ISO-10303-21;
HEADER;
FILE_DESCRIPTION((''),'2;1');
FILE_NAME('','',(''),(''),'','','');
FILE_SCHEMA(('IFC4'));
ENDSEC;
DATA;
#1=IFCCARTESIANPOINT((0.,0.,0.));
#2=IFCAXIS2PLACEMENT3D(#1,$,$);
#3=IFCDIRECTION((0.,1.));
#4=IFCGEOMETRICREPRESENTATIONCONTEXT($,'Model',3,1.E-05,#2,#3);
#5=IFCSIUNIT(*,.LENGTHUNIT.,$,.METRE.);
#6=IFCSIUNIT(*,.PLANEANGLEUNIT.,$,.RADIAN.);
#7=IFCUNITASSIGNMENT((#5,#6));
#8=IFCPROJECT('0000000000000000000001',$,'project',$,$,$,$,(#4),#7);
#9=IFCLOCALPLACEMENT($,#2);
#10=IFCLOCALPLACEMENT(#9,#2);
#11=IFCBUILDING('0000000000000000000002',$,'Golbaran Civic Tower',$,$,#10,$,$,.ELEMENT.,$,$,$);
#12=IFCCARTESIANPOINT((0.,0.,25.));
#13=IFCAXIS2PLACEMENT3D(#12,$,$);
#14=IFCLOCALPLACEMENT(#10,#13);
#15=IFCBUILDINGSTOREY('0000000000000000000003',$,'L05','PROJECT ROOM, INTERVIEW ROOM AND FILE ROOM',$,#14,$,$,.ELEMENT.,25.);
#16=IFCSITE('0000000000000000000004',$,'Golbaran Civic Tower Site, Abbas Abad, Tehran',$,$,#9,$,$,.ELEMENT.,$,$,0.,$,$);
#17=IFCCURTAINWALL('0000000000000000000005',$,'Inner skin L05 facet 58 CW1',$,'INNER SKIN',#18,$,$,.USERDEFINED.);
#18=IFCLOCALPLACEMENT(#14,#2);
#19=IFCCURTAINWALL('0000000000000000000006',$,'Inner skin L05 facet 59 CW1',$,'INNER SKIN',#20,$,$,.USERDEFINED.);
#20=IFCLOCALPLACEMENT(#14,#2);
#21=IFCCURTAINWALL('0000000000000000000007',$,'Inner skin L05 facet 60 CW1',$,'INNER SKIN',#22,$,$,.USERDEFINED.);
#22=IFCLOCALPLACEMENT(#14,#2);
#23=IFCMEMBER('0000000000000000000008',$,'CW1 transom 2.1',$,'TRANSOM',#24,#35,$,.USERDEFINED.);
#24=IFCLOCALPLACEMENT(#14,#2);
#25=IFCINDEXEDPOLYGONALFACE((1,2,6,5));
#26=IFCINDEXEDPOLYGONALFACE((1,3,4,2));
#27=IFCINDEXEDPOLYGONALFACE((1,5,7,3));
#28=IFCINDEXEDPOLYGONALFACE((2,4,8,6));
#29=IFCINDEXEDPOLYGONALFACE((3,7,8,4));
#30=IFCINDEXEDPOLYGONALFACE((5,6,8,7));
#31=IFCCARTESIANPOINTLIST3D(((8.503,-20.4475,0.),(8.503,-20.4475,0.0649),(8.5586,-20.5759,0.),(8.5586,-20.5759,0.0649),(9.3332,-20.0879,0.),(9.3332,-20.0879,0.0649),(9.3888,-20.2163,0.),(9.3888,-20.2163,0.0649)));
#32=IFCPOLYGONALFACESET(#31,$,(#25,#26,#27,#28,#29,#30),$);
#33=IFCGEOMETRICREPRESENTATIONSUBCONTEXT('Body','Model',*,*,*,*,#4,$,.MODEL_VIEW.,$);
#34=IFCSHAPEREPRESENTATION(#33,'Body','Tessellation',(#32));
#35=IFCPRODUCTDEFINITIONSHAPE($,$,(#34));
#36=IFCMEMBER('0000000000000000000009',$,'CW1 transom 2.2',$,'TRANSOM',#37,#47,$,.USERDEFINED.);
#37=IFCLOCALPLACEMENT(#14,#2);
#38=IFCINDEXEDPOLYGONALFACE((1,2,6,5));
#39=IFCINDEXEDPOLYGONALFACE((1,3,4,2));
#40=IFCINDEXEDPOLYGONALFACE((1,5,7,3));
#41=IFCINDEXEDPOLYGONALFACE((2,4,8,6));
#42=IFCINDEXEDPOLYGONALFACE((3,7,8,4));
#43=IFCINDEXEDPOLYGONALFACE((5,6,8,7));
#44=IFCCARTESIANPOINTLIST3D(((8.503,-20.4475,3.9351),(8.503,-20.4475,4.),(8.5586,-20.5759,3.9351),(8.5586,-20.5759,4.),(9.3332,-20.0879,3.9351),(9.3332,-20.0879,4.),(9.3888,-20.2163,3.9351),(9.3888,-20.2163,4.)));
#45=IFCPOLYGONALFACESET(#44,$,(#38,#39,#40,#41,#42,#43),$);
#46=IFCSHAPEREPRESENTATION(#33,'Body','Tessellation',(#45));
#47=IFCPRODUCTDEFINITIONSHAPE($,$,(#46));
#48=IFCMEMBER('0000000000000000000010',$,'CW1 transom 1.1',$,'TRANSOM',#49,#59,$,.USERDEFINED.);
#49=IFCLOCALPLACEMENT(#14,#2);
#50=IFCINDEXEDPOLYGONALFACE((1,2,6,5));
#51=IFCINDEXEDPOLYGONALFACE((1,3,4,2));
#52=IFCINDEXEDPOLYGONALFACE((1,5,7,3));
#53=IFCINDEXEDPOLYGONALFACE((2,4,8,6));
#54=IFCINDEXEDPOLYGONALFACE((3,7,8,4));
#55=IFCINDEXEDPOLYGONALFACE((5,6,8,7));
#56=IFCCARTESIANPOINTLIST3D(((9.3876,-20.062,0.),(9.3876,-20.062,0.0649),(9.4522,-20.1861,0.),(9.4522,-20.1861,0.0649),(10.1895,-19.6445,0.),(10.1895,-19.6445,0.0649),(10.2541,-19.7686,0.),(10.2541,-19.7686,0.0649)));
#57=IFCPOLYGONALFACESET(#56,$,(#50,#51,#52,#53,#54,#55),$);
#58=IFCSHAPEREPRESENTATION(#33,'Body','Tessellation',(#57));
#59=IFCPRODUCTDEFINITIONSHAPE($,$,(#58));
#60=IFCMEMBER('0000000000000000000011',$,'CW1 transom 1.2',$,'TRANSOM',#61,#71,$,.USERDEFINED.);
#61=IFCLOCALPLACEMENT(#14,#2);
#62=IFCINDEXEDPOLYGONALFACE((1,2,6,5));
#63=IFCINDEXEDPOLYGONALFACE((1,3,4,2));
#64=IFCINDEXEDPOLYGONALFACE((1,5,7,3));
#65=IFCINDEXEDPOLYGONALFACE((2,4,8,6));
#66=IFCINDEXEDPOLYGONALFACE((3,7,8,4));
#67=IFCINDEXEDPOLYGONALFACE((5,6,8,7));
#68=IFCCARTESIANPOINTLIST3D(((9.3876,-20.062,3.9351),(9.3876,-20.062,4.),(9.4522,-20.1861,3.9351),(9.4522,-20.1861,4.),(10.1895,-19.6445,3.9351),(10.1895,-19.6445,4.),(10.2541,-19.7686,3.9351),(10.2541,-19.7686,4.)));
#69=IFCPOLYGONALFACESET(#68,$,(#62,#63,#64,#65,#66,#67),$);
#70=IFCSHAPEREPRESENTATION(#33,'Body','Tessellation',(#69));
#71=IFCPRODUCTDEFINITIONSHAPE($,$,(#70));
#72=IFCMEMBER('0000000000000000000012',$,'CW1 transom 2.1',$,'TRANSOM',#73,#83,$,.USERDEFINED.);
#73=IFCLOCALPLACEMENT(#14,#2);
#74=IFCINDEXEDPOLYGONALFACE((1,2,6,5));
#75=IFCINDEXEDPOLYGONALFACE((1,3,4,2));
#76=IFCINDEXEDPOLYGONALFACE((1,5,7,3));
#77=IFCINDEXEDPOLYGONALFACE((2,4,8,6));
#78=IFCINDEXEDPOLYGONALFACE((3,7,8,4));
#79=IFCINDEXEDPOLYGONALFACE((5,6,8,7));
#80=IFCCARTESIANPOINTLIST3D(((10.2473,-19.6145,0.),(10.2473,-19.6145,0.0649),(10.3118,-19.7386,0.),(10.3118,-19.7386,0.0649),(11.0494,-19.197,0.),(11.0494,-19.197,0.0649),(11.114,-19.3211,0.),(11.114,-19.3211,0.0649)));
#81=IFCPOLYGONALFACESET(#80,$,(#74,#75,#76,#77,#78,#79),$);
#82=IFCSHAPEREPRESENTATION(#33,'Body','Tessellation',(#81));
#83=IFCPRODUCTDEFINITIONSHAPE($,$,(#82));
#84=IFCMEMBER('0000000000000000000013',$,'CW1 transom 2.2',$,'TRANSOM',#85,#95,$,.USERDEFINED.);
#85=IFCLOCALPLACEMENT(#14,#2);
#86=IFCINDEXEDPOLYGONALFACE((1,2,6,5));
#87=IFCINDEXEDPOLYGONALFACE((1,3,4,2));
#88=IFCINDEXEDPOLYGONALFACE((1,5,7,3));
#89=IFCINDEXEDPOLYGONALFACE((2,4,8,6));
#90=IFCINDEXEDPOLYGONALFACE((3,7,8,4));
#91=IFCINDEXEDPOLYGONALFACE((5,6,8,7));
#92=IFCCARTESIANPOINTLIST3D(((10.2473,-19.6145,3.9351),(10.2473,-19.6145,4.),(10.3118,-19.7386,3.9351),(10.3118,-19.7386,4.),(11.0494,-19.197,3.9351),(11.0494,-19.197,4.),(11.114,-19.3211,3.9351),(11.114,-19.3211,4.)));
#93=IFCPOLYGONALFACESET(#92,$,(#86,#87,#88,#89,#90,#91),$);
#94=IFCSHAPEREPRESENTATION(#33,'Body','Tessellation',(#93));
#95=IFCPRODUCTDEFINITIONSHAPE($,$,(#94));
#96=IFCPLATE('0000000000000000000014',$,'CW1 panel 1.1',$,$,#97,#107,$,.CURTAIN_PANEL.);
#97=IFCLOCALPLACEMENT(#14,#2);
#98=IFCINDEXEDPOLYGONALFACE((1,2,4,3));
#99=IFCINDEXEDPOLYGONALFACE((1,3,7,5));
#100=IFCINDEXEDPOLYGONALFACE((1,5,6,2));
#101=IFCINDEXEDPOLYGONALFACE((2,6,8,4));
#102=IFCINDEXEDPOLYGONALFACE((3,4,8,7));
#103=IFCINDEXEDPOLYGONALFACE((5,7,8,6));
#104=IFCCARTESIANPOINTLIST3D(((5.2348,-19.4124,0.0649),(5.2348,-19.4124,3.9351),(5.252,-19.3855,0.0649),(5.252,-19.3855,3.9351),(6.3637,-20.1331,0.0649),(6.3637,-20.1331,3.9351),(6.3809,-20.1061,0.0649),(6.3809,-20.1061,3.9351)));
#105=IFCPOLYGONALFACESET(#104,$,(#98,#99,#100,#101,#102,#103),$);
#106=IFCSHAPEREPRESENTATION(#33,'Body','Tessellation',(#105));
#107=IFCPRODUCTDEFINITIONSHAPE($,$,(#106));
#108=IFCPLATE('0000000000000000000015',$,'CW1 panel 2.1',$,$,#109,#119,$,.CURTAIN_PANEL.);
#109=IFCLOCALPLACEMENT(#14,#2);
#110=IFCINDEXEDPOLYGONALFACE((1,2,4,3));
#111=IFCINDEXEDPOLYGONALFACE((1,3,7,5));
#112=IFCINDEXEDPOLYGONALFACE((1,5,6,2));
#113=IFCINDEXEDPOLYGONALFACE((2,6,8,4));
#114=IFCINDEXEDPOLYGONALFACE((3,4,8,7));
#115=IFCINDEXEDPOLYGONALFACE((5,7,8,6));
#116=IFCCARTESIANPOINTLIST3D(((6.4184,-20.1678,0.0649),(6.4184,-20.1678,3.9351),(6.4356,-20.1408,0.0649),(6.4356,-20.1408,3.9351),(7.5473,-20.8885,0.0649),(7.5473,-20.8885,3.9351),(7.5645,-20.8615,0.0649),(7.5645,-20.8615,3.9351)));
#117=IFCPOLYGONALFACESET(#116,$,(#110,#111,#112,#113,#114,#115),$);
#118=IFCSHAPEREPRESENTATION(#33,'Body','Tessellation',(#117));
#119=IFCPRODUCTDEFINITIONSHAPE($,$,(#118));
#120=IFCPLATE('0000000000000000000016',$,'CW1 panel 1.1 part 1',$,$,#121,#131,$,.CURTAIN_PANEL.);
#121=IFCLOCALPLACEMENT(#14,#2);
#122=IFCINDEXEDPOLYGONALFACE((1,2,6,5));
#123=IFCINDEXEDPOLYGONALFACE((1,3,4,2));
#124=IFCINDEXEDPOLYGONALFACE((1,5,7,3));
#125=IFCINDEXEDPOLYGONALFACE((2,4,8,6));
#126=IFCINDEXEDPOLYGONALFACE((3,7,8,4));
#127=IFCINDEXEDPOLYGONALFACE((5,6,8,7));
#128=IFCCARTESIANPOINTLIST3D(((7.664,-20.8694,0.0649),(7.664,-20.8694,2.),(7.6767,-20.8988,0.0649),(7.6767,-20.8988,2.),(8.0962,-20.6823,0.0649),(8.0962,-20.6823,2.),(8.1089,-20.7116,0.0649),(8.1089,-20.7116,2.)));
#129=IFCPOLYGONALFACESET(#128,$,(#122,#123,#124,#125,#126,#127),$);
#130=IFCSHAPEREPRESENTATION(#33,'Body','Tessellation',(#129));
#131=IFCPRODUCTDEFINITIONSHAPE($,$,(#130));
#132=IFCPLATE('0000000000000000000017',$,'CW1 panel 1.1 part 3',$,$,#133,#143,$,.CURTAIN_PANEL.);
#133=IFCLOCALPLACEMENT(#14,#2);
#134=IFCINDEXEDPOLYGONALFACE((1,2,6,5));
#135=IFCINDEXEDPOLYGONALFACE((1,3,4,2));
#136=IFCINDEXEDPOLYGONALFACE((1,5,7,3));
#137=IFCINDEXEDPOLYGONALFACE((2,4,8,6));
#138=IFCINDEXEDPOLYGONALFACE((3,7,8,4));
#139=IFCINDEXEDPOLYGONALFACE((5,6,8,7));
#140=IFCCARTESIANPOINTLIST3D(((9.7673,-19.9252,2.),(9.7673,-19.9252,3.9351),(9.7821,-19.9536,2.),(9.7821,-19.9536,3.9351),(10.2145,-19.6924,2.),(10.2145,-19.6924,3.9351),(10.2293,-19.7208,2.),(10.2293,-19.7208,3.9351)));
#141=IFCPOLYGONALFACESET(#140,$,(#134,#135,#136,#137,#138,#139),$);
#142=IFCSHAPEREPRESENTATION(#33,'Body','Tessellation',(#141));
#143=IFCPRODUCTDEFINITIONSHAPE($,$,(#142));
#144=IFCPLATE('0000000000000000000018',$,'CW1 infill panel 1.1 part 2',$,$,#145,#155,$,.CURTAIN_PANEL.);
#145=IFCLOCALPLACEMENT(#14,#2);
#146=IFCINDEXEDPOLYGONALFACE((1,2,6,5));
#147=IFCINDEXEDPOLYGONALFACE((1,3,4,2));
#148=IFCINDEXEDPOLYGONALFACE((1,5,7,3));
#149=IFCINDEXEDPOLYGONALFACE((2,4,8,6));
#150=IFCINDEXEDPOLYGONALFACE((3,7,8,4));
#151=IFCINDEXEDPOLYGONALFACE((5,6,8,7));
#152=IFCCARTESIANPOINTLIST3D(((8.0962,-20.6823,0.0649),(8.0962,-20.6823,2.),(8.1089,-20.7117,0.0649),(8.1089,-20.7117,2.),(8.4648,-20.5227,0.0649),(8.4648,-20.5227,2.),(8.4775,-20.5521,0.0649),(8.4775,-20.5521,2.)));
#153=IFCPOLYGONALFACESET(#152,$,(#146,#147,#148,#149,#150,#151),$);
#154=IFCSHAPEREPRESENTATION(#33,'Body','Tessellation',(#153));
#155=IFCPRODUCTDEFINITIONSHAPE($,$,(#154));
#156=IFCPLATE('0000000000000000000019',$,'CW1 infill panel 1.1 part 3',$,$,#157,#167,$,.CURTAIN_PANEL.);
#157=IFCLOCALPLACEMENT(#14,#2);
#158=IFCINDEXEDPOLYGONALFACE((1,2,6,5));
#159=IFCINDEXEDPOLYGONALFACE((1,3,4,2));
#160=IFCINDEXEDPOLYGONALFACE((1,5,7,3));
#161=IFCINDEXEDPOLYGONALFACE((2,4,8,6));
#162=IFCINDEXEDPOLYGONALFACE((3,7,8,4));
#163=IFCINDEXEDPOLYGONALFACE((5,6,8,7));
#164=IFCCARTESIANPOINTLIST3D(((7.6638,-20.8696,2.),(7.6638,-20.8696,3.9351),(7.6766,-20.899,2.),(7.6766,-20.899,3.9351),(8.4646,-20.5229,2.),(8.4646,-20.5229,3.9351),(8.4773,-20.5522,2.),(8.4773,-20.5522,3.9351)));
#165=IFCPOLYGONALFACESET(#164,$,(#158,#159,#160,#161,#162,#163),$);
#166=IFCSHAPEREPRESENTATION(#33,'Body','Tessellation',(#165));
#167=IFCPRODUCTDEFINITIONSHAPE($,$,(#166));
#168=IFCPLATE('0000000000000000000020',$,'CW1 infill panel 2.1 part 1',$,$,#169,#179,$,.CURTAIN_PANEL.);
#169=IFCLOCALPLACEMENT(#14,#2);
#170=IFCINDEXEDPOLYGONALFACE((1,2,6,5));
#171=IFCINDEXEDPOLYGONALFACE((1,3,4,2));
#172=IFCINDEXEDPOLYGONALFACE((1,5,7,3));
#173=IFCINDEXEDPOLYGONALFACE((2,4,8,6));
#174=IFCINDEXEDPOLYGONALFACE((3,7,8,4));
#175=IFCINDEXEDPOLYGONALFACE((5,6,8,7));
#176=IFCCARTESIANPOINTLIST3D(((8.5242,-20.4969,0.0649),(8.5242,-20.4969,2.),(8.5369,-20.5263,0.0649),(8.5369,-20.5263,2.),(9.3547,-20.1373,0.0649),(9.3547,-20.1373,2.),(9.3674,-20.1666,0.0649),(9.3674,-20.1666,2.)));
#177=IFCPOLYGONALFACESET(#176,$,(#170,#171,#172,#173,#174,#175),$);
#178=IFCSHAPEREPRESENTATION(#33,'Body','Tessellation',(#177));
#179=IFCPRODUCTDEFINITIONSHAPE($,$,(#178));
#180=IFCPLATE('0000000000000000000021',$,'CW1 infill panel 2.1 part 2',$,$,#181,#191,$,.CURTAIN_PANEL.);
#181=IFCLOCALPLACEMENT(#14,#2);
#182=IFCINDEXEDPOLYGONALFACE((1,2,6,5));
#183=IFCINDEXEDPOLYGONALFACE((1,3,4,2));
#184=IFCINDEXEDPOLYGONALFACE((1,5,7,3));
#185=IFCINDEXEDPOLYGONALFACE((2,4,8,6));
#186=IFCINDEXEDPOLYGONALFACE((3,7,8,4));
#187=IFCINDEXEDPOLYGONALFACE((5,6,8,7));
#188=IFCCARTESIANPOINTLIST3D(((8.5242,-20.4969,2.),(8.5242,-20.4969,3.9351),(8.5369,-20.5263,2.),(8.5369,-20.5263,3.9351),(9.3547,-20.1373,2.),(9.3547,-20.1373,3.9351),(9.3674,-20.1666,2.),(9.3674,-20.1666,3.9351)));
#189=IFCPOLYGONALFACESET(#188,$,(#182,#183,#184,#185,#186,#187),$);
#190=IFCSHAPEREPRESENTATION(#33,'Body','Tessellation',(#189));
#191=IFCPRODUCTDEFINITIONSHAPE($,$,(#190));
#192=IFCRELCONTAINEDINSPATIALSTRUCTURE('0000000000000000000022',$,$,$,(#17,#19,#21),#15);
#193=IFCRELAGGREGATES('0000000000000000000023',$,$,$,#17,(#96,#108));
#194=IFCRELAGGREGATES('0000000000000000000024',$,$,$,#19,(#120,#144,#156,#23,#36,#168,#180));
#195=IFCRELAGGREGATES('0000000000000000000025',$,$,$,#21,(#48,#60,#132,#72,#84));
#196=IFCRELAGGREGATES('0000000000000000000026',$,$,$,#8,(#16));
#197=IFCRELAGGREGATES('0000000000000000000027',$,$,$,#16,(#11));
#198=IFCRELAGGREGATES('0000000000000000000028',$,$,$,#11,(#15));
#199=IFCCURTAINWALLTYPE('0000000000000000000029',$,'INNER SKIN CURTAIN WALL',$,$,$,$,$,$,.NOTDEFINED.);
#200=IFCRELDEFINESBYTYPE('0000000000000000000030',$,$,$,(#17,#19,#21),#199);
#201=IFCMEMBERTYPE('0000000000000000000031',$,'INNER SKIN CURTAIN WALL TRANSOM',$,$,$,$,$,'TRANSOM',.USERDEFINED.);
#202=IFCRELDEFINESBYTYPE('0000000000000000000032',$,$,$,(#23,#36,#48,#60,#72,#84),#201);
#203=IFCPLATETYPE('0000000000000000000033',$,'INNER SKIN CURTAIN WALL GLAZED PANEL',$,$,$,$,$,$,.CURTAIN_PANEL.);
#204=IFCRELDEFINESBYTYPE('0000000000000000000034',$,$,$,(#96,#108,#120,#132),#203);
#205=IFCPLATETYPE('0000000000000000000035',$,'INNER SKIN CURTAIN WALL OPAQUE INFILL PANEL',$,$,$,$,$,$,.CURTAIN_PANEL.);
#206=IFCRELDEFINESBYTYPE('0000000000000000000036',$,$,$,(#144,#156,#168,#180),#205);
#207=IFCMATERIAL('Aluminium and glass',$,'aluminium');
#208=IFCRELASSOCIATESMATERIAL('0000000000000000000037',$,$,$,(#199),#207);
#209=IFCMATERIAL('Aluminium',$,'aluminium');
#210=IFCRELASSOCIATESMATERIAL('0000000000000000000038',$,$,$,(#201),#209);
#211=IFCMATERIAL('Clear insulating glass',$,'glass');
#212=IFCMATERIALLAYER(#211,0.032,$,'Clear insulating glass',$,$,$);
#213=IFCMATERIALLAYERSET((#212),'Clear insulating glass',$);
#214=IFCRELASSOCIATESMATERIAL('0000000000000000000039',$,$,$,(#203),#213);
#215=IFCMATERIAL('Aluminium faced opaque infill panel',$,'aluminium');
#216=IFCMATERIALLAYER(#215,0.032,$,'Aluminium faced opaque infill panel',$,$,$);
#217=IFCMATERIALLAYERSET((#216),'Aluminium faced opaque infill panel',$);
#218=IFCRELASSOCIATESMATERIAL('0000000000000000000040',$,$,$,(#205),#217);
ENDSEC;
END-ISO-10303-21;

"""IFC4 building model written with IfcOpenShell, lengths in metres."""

from ifc_helpers import new_model, si_unit, direction, frame, origin, origin_2d, place, context, subcontext, project, spatial, rectangle, extrude, material, layer, layer_set, material_profile, profile_set, type_object, element, aggregate, save


model = new_model("IFC4")

# Units and contexts
model_context = context("Model", 3, precision=1e-05, world=origin(), true_north=direction((0.0, 1.0)))
body_context = subcontext(model_context, "Body", "Model", "MODEL_VIEW")
ifc_project = project(units=[si_unit("LENGTHUNIT", "METRE"), si_unit("PLANEANGLEUNIT", "RADIAN")], contexts=[model_context])

# Site, building, storey
site_placement = place(None, origin())
site = spatial("IfcSite", under=ifc_project, at=site_placement, Name="Golbaran Civic Tower Site, Abbas Abad, Tehran", CompositionType="ELEMENT", RefElevation=0.0)
building_placement = place(site_placement, origin())
building = spatial("IfcBuilding", under=site, at=building_placement, Name="Golbaran Civic Tower", CompositionType="ELEMENT")
storey_placement = place(building_placement, frame((0.0, 0.0, 25.0)))
storey = spatial("IfcBuildingStorey", under=building, at=storey_placement, Name="L05", Description="PROJECT ROOM, INTERVIEW ROOM AND FILE ROOM", CompositionType="ELEMENT", Elevation=25.0)

# Curtain walls
ifc_material_1 = material(Name="Aluminium and glass", Category="aluminium")
curtain_wall_type = type_object("IfcCurtainWallType", Name="INNER SKIN CURTAIN WALL", PredefinedType="NOTDEFINED", material=ifc_material_1)
curtain_wall_1_placement = place(storey_placement, origin())
curtain_wall_1 = element("IfcCurtainWall", 1, at=curtain_wall_1_placement, inside=storey, type_object=curtain_wall_type, Name="Inner skin L05 facet 58 CW1", ObjectType="INNER SKIN", PredefinedType="USERDEFINED")
ifc_material_2 = material(Name="Aluminium", Category="aluminium")
curtain_wall_2_placement = place(storey_placement, origin())
curtain_wall_2 = element("IfcCurtainWall", 2, at=curtain_wall_2_placement, inside=storey, type_object=curtain_wall_type, Name="Inner skin L05 facet 59 CW1", ObjectType="INNER SKIN", PredefinedType="USERDEFINED")

# Curtain wall
curtain_wall_3_placement = place(storey_placement, origin())
curtain_wall_3 = element("IfcCurtainWall", 3, at=curtain_wall_3_placement, inside=storey, type_object=curtain_wall_type, Name="Inner skin L05 facet 60 CW1", ObjectType="INNER SKIN", PredefinedType="USERDEFINED")
ifc_material_profile_1 = material_profile(ifc_material_2, rectangle(XDim=0.1399, YDim=0.0649, at=origin_2d()), Name="INNER SKIN CURTAIN WALL TRANSOM")
ifc_profile_set_1 = profile_set([ifc_material_profile_1], Name="Aluminium")
member_type_1 = type_object("IfcMemberType", Name="INNER SKIN CURTAIN WALL TRANSOM", ElementType="TRANSOM", PredefinedType="USERDEFINED", material=ifc_profile_set_1)

# Members
member_1_placement = place(storey_placement, frame((8.5308, -20.5117, 0.0325), z_axis=(0.917631, 0.397433, 0.0), x_axis=(-0.397433, 0.917631, 0.0)))
member_1 = element("IfcMember", 4, at=member_1_placement, type_object=member_type_1, Name="CW1 transom 2.1", ObjectType="TRANSOM", PredefinedType="USERDEFINED", context=body_context, shape_type="SweptSolid", body=[
    extrude(rectangle(XDim=0.1399, YDim=0.0649, at=origin_2d()), origin(), (0.0, 0.0, 1.0), 0.9048),
])
member_2_placement = place(storey_placement, frame((8.5308, -20.5117, 3.9675), z_axis=(0.917631, 0.397433, 0.0), x_axis=(-0.397433, 0.917631, 0.0)))
member_2 = element("IfcMember", 5, at=member_2_placement, type_object=member_type_1, Name="CW1 transom 2.2", ObjectType="TRANSOM", PredefinedType="USERDEFINED", context=body_context, shape_type="SweptSolid", body=[
    extrude(rectangle(XDim=0.1399, YDim=0.0649, at=origin_2d()), origin(), (0.0, 0.0, 1.0), 0.9048),
])
member_3_placement = place(storey_placement, frame((9.4199, -20.124, 0.0325), z_axis=(0.887018, 0.461735, 0.0), x_axis=(-0.461735, 0.887018, 0.0)))
member_3 = element("IfcMember", 6, at=member_3_placement, type_object=member_type_1, Name="CW1 transom 1.1", ObjectType="TRANSOM", PredefinedType="USERDEFINED", context=body_context, shape_type="SweptSolid", body=[
    extrude(rectangle(XDim=0.1399, YDim=0.0649, at=origin_2d()), origin(), (0.0, 0.0, 1.0), 0.9041),
])
member_4_placement = place(storey_placement, frame((9.4199, -20.124, 3.9675), z_axis=(0.887018, 0.461735, 0.0), x_axis=(-0.461735, 0.887018, 0.0)))
member_4 = element("IfcMember", 7, at=member_4_placement, type_object=member_type_1, Name="CW1 transom 1.2", ObjectType="TRANSOM", PredefinedType="USERDEFINED", context=body_context, shape_type="SweptSolid", body=[
    extrude(rectangle(XDim=0.1399, YDim=0.0649, at=origin_2d()), origin(), (0.0, 0.0, 1.0), 0.9041),
])
member_5_placement = place(storey_placement, frame((10.2795, -19.6765, 0.0325), z_axis=(0.887075, 0.461625, 0.0), x_axis=(-0.461625, 0.887075, 0.0)))
member_5 = element("IfcMember", 8, at=member_5_placement, type_object=member_type_1, Name="CW1 transom 2.1", ObjectType="TRANSOM", PredefinedType="USERDEFINED", context=body_context, shape_type="SweptSolid", body=[
    extrude(rectangle(XDim=0.1399, YDim=0.0649, at=origin_2d()), origin(), (0.0, 0.0, 1.0), 0.9043),
])
member_6_placement = place(storey_placement, frame((10.2795, -19.6765, 3.9675), z_axis=(0.887075, 0.461625, 0.0), x_axis=(-0.461625, 0.887075, 0.0)))
member_6 = element("IfcMember", 9, at=member_6_placement, type_object=member_type_1, Name="CW1 transom 2.2", ObjectType="TRANSOM", PredefinedType="USERDEFINED", context=body_context, shape_type="SweptSolid", body=[
    extrude(rectangle(XDim=0.1399, YDim=0.0649, at=origin_2d()), origin(), (0.0, 0.0, 1.0), 0.9043),
])

# Plates
ifc_material_3 = material(Name="Clear insulating glass", Category="glass")
ifc_layer_1 = layer(ifc_material_3, 0.032, Name="Clear insulating glass")
ifc_layer_set_1 = layer_set([ifc_layer_1], Name="Clear insulating glass")
plate_type_1 = type_object("IfcPlateType", Name="INNER SKIN CURTAIN WALL GLAZED PANEL", PredefinedType="CURTAIN_PANEL", material=ifc_layer_set_1)
plate_1_placement = place(storey_placement, frame((5.8079, -19.7593, 0.0649), z_axis=(0.0, 0.0, 1.0), x_axis=(0.842904, -0.538063, 0.0)))
plate_1 = element("IfcPlate", 10, at=plate_1_placement, type_object=plate_type_1, Name="CW1 panel 1.1", PredefinedType="CURTAIN_PANEL", context=body_context, shape_type="SweptSolid", body=[
    extrude(rectangle(XDim=1.3394, YDim=0.032, at=origin_2d()), origin(), (0.0, 0.0, 1.0), 3.8701),
])
plate_2_placement = place(storey_placement, frame((6.9915, -20.5146, 0.0649), z_axis=(0.0, 0.0, 1.0), x_axis=(0.842904, -0.538063, 0.0)))
plate_2 = element("IfcPlate", 11, at=plate_2_placement, type_object=plate_type_1, Name="CW1 panel 2.1", PredefinedType="CURTAIN_PANEL", context=body_context, shape_type="SweptSolid", body=[
    extrude(rectangle(XDim=1.3394, YDim=0.032, at=origin_2d()), origin(), (0.0, 0.0, 1.0), 3.8701),
])
aggregate(curtain_wall_1, [plate_1, plate_2])
plate_3_placement = place(storey_placement, frame((7.8865, -20.7905, 0.0649), z_axis=(0.0, 0.0, 1.0), x_axis=(0.917653, 0.397383, 0.0)))
plate_3 = element("IfcPlate", 12, at=plate_3_placement, type_object=plate_type_1, Name="CW1 panel 1.1 part 1", PredefinedType="CURTAIN_PANEL", context=body_context, shape_type="SweptSolid", body=[
    extrude(rectangle(XDim=0.4709, YDim=0.032, at=origin_2d()), origin(), (0.0, 0.0, 1.0), 1.9351),
])
plate_4_placement = place(storey_placement, frame((9.9983, -19.823, 2.0), z_axis=(0.0, 0.0, 1.0), x_axis=(0.887011, 0.461749, 0.0)))
plate_4 = element("IfcPlate", 13, at=plate_4_placement, type_object=plate_type_1, Name="CW1 panel 1.1 part 3", PredefinedType="CURTAIN_PANEL", context=body_context, shape_type="SweptSolid", body=[
    extrude(rectangle(XDim=0.5042, YDim=0.032, at=origin_2d()), origin(), (0.0, 0.0, 1.0), 1.9351),
])
ifc_material_4 = material(Name="Aluminium faced opaque infill panel", Category="aluminium")
ifc_layer_2 = layer(ifc_material_4, 0.032, Name="Aluminium faced opaque infill panel")
ifc_layer_set_2 = layer_set([ifc_layer_2], Name="Aluminium faced opaque infill panel")
plate_type_2 = type_object("IfcPlateType", Name="INNER SKIN CURTAIN WALL OPAQUE INFILL PANEL", PredefinedType="CURTAIN_PANEL", material=ifc_layer_set_2)
plate_5_placement = place(storey_placement, frame((8.2869, -20.6172, 0.0649), z_axis=(0.0, 0.0, 1.0), x_axis=(0.917653, 0.397383, 0.0)))
plate_5 = element("IfcPlate", 14, at=plate_5_placement, type_object=plate_type_2, Name="CW1 infill panel 1.1 part 2", PredefinedType="CURTAIN_PANEL", context=body_context, shape_type="SweptSolid", body=[
    extrude(rectangle(XDim=0.4016, YDim=0.032, at=origin_2d()), origin(), (0.0, 0.0, 1.0), 1.9351),
])
plate_6_placement = place(storey_placement, frame((8.0706, -20.7109, 2.0), z_axis=(0.0, 0.0, 1.0), x_axis=(0.917653, 0.397383, 0.0)))
plate_6 = element("IfcPlate", 15, at=plate_6_placement, type_object=plate_type_2, Name="CW1 infill panel 1.1 part 3", PredefinedType="CURTAIN_PANEL", context=body_context, shape_type="SweptSolid", body=[
    extrude(rectangle(XDim=0.8726, YDim=0.032, at=origin_2d()), origin(), (0.0, 0.0, 1.0), 1.9351),
])
plate_7_placement = place(storey_placement, frame((8.9458, -20.3318, 0.0649), z_axis=(0.0, 0.0, 1.0), x_axis=(0.917653, 0.397383, 0.0)))
plate_7 = element("IfcPlate", 16, at=plate_7_placement, type_object=plate_type_2, Name="CW1 infill panel 2.1 part 1", PredefinedType="CURTAIN_PANEL", context=body_context, shape_type="SweptSolid", body=[
    extrude(rectangle(XDim=0.905, YDim=0.032, at=origin_2d()), origin(), (0.0, 0.0, 1.0), 1.9351),
])
plate_8_placement = place(storey_placement, frame((8.9458, -20.3318, 2.0), z_axis=(0.0, 0.0, 1.0), x_axis=(0.917653, 0.397383, 0.0)))
plate_8 = element("IfcPlate", 17, at=plate_8_placement, type_object=plate_type_2, Name="CW1 infill panel 2.1 part 2", PredefinedType="CURTAIN_PANEL", context=body_context, shape_type="SweptSolid", body=[
    extrude(rectangle(XDim=0.905, YDim=0.032, at=origin_2d()), origin(), (0.0, 0.0, 1.0), 1.9351),
])
aggregate(curtain_wall_2, [plate_3, plate_5, plate_6, member_1, member_2, plate_7, plate_8])
aggregate(curtain_wall_3, [member_3, member_4, plate_4, member_5, member_6])

save(model, "model.ifc")
